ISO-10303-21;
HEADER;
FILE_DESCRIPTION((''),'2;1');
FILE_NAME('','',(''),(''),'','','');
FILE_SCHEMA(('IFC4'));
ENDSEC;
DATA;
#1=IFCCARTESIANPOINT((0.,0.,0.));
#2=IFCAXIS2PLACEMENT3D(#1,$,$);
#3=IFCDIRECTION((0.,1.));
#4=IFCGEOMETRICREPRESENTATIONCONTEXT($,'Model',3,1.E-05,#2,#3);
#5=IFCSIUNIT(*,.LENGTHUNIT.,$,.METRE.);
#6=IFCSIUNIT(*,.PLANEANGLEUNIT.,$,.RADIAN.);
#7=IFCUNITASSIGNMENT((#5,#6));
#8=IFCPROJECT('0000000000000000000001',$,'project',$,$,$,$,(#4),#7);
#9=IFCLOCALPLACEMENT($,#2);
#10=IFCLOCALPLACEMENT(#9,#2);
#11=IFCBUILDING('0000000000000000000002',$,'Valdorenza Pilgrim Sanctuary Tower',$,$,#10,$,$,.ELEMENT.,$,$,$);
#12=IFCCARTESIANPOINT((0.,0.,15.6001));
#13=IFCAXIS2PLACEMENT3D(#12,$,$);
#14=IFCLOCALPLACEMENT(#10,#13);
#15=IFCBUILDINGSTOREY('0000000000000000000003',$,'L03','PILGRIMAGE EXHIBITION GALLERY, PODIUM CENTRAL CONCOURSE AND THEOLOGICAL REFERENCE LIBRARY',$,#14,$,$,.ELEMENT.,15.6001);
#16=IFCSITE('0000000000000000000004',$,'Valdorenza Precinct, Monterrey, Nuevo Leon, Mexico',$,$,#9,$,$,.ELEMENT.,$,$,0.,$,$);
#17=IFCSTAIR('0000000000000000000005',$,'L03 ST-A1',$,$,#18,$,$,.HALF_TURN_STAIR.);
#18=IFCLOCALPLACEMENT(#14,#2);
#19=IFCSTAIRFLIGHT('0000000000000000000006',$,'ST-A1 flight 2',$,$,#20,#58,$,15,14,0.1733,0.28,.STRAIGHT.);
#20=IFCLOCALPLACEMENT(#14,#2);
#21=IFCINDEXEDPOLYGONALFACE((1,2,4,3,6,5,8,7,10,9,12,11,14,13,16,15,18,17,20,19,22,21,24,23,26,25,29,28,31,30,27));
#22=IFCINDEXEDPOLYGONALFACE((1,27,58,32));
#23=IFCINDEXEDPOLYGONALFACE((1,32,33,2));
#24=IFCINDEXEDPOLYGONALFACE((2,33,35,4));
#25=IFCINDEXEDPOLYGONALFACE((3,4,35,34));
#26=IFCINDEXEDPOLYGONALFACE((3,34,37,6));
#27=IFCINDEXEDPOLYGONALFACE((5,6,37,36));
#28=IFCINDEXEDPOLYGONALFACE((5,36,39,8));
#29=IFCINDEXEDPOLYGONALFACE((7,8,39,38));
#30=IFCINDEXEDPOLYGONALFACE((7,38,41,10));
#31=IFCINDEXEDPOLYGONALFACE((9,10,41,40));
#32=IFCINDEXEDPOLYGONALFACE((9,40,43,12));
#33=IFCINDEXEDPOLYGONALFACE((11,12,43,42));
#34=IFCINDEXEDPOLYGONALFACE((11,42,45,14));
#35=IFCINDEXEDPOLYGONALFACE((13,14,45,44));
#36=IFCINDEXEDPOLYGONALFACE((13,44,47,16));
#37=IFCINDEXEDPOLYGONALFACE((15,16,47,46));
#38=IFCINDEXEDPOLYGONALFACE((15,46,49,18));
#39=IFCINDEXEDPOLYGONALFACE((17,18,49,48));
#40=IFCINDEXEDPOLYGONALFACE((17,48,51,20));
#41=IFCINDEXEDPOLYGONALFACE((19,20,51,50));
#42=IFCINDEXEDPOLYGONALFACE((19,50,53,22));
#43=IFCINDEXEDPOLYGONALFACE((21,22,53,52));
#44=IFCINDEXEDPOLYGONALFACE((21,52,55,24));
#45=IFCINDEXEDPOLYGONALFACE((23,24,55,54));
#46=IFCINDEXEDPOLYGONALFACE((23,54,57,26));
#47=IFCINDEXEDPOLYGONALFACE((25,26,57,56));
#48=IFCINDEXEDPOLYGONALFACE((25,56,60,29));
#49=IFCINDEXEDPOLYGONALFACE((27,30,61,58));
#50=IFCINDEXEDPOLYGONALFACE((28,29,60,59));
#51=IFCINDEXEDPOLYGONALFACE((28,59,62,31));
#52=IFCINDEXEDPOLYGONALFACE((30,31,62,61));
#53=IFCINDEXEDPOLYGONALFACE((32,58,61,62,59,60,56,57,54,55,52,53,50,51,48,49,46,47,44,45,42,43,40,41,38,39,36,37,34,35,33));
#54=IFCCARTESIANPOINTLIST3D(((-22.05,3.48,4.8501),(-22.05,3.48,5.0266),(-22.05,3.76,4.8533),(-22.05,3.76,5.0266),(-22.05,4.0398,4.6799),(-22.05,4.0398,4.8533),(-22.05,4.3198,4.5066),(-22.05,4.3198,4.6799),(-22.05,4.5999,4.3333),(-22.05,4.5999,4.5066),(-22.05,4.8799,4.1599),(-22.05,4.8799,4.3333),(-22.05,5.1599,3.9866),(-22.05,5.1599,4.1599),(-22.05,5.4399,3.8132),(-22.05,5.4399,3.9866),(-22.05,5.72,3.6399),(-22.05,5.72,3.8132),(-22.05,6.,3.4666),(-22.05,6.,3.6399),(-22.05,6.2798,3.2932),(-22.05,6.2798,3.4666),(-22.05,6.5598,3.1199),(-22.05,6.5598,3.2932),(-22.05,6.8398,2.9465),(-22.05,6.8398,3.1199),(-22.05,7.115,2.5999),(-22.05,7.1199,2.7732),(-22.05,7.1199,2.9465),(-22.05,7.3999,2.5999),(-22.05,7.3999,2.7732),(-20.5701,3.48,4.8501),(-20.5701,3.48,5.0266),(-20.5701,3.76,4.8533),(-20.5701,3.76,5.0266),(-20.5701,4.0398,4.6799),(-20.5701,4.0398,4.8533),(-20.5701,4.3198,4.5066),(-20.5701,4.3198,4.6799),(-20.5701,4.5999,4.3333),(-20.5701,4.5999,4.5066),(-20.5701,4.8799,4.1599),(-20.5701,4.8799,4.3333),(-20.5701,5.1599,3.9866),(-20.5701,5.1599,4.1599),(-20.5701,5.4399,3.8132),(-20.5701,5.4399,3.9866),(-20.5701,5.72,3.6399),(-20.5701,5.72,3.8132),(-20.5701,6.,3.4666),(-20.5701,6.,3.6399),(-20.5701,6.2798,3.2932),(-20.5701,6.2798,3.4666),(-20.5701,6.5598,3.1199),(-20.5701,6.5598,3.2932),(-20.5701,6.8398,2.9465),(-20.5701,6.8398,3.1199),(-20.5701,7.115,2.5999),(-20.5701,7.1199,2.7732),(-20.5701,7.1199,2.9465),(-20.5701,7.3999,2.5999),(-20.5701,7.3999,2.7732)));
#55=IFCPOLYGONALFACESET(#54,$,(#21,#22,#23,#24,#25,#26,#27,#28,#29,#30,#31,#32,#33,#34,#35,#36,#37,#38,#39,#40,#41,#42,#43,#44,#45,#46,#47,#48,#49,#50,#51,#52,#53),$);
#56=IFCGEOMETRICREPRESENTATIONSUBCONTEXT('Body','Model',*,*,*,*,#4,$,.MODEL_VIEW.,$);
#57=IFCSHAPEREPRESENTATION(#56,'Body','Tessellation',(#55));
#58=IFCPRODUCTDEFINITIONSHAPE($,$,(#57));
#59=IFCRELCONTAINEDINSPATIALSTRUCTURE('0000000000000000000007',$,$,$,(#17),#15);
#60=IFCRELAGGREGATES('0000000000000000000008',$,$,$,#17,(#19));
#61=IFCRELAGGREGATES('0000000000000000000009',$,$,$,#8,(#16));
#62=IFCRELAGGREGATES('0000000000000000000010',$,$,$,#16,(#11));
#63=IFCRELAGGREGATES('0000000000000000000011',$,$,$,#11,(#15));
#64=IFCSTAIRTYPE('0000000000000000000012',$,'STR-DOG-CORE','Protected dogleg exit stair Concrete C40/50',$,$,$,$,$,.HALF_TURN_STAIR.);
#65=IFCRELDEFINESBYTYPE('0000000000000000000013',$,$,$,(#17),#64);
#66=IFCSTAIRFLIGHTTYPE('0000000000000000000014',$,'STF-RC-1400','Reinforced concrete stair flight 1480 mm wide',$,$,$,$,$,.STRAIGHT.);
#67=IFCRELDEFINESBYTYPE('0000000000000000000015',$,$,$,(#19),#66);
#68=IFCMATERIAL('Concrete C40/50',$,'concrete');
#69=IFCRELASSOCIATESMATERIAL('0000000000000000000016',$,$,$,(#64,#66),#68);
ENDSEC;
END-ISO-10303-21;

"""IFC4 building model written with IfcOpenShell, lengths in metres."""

from ifc_helpers import new_model, si_unit, direction, frame, origin, place, context, subcontext, project, spatial, polyline, outline, extrude, material, type_object, element, aggregate, save


model = new_model("IFC4")

# Units and contexts
model_context = context("Model", 3, precision=1e-05, world=origin(), true_north=direction((0.0, 1.0)))
body_context = subcontext(model_context, "Body", "Model", "MODEL_VIEW")
ifc_project = project(units=[si_unit("LENGTHUNIT", "METRE"), si_unit("PLANEANGLEUNIT", "RADIAN")], contexts=[model_context])

# Site, building, storey
site_placement = place(None, origin())
site = spatial("IfcSite", under=ifc_project, at=site_placement, Name="Valdorenza Precinct, Monterrey, Nuevo Leon, Mexico", CompositionType="ELEMENT", RefElevation=0.0)
building_placement = place(site_placement, origin())
building = spatial("IfcBuilding", under=site, at=building_placement, Name="Valdorenza Pilgrim Sanctuary Tower", CompositionType="ELEMENT")
storey_placement = place(building_placement, frame((0.0, 0.0, 15.6001)))
storey = spatial("IfcBuildingStorey", under=building, at=storey_placement, Name="L03", Description="PILGRIMAGE EXHIBITION GALLERY, PODIUM CENTRAL CONCOURSE AND THEOLOGICAL REFERENCE LIBRARY", CompositionType="ELEMENT", Elevation=15.6001)

# Shared definitions
ifc_material_1 = material(Name="Concrete C40/50", Category="concrete")

# Stair, stair flight
stair_type = type_object("IfcStairType", Name="STR-DOG-CORE", Description="Protected dogleg exit stair Concrete C40/50", PredefinedType="HALF_TURN_STAIR", material=ifc_material_1)
stair_placement = place(storey_placement, origin())
stair = element("IfcStair", 1, at=stair_placement, inside=storey, type_object=stair_type, Name="L03 ST-A1", PredefinedType="HALF_TURN_STAIR")
stair_flight_type = type_object("IfcStairFlightType", Name="STF-RC-1400", Description="Reinforced concrete stair flight 1480 mm wide", PredefinedType="STRAIGHT", material=ifc_material_1)
stair_flight_placement = place(storey_placement, frame((-21.3101, 7.3999, 2.5999), z_axis=(0.0, 0.0, 1.0), x_axis=(0.0, -1.0, 0.0)))
stair_flight = element("IfcStairFlight", 2, at=stair_flight_placement, type_object=stair_flight_type, Name="ST-A1 flight 2", NumberOfRisers=15, NumberOfTreads=14, PredefinedType="STRAIGHT", RiserHeight=0.1733, TreadLength=0.28, context=body_context, shape_type="SweptSolid", body=[
    extrude(outline(polyline([(0.0, 0.0), (0.0, 0.1733), (0.28, 0.1733), (0.28, 0.3467), (0.5601, 0.3467), (0.5601, 0.52), (0.8401, 0.52), (0.8401, 0.6934), (1.1201, 0.6934), (1.1201, 0.8667), (1.3999, 0.8667), (1.3999, 1.04), (1.6799, 1.04), (1.6799, 1.2134), (1.96, 1.2134), (1.96, 1.3867), (2.24, 1.3867), (2.24, 1.5601), (2.52, 1.5601), (2.52, 1.7334), (2.8, 1.7334), (2.8, 1.9067), (3.0801, 1.9067), (3.0801, 2.0801), (3.3601, 2.0801), (3.3601, 2.2534), (3.6399, 2.2534), (3.6399, 2.4268), (3.9199, 2.4268), (3.9199, 2.6001), (3.9199, 2.2502), (0.2849, 0.0), (0.0, 0.0)])), frame((0.0, 0.74, 0.0), z_axis=(0.0, -1.0, 0.0), x_axis=(1.0, 0.0, 0.0)), (0.0, 0.0, 1.0), 1.48),
])
aggregate(stair, [stair_flight])

save(model, "model.ifc")
